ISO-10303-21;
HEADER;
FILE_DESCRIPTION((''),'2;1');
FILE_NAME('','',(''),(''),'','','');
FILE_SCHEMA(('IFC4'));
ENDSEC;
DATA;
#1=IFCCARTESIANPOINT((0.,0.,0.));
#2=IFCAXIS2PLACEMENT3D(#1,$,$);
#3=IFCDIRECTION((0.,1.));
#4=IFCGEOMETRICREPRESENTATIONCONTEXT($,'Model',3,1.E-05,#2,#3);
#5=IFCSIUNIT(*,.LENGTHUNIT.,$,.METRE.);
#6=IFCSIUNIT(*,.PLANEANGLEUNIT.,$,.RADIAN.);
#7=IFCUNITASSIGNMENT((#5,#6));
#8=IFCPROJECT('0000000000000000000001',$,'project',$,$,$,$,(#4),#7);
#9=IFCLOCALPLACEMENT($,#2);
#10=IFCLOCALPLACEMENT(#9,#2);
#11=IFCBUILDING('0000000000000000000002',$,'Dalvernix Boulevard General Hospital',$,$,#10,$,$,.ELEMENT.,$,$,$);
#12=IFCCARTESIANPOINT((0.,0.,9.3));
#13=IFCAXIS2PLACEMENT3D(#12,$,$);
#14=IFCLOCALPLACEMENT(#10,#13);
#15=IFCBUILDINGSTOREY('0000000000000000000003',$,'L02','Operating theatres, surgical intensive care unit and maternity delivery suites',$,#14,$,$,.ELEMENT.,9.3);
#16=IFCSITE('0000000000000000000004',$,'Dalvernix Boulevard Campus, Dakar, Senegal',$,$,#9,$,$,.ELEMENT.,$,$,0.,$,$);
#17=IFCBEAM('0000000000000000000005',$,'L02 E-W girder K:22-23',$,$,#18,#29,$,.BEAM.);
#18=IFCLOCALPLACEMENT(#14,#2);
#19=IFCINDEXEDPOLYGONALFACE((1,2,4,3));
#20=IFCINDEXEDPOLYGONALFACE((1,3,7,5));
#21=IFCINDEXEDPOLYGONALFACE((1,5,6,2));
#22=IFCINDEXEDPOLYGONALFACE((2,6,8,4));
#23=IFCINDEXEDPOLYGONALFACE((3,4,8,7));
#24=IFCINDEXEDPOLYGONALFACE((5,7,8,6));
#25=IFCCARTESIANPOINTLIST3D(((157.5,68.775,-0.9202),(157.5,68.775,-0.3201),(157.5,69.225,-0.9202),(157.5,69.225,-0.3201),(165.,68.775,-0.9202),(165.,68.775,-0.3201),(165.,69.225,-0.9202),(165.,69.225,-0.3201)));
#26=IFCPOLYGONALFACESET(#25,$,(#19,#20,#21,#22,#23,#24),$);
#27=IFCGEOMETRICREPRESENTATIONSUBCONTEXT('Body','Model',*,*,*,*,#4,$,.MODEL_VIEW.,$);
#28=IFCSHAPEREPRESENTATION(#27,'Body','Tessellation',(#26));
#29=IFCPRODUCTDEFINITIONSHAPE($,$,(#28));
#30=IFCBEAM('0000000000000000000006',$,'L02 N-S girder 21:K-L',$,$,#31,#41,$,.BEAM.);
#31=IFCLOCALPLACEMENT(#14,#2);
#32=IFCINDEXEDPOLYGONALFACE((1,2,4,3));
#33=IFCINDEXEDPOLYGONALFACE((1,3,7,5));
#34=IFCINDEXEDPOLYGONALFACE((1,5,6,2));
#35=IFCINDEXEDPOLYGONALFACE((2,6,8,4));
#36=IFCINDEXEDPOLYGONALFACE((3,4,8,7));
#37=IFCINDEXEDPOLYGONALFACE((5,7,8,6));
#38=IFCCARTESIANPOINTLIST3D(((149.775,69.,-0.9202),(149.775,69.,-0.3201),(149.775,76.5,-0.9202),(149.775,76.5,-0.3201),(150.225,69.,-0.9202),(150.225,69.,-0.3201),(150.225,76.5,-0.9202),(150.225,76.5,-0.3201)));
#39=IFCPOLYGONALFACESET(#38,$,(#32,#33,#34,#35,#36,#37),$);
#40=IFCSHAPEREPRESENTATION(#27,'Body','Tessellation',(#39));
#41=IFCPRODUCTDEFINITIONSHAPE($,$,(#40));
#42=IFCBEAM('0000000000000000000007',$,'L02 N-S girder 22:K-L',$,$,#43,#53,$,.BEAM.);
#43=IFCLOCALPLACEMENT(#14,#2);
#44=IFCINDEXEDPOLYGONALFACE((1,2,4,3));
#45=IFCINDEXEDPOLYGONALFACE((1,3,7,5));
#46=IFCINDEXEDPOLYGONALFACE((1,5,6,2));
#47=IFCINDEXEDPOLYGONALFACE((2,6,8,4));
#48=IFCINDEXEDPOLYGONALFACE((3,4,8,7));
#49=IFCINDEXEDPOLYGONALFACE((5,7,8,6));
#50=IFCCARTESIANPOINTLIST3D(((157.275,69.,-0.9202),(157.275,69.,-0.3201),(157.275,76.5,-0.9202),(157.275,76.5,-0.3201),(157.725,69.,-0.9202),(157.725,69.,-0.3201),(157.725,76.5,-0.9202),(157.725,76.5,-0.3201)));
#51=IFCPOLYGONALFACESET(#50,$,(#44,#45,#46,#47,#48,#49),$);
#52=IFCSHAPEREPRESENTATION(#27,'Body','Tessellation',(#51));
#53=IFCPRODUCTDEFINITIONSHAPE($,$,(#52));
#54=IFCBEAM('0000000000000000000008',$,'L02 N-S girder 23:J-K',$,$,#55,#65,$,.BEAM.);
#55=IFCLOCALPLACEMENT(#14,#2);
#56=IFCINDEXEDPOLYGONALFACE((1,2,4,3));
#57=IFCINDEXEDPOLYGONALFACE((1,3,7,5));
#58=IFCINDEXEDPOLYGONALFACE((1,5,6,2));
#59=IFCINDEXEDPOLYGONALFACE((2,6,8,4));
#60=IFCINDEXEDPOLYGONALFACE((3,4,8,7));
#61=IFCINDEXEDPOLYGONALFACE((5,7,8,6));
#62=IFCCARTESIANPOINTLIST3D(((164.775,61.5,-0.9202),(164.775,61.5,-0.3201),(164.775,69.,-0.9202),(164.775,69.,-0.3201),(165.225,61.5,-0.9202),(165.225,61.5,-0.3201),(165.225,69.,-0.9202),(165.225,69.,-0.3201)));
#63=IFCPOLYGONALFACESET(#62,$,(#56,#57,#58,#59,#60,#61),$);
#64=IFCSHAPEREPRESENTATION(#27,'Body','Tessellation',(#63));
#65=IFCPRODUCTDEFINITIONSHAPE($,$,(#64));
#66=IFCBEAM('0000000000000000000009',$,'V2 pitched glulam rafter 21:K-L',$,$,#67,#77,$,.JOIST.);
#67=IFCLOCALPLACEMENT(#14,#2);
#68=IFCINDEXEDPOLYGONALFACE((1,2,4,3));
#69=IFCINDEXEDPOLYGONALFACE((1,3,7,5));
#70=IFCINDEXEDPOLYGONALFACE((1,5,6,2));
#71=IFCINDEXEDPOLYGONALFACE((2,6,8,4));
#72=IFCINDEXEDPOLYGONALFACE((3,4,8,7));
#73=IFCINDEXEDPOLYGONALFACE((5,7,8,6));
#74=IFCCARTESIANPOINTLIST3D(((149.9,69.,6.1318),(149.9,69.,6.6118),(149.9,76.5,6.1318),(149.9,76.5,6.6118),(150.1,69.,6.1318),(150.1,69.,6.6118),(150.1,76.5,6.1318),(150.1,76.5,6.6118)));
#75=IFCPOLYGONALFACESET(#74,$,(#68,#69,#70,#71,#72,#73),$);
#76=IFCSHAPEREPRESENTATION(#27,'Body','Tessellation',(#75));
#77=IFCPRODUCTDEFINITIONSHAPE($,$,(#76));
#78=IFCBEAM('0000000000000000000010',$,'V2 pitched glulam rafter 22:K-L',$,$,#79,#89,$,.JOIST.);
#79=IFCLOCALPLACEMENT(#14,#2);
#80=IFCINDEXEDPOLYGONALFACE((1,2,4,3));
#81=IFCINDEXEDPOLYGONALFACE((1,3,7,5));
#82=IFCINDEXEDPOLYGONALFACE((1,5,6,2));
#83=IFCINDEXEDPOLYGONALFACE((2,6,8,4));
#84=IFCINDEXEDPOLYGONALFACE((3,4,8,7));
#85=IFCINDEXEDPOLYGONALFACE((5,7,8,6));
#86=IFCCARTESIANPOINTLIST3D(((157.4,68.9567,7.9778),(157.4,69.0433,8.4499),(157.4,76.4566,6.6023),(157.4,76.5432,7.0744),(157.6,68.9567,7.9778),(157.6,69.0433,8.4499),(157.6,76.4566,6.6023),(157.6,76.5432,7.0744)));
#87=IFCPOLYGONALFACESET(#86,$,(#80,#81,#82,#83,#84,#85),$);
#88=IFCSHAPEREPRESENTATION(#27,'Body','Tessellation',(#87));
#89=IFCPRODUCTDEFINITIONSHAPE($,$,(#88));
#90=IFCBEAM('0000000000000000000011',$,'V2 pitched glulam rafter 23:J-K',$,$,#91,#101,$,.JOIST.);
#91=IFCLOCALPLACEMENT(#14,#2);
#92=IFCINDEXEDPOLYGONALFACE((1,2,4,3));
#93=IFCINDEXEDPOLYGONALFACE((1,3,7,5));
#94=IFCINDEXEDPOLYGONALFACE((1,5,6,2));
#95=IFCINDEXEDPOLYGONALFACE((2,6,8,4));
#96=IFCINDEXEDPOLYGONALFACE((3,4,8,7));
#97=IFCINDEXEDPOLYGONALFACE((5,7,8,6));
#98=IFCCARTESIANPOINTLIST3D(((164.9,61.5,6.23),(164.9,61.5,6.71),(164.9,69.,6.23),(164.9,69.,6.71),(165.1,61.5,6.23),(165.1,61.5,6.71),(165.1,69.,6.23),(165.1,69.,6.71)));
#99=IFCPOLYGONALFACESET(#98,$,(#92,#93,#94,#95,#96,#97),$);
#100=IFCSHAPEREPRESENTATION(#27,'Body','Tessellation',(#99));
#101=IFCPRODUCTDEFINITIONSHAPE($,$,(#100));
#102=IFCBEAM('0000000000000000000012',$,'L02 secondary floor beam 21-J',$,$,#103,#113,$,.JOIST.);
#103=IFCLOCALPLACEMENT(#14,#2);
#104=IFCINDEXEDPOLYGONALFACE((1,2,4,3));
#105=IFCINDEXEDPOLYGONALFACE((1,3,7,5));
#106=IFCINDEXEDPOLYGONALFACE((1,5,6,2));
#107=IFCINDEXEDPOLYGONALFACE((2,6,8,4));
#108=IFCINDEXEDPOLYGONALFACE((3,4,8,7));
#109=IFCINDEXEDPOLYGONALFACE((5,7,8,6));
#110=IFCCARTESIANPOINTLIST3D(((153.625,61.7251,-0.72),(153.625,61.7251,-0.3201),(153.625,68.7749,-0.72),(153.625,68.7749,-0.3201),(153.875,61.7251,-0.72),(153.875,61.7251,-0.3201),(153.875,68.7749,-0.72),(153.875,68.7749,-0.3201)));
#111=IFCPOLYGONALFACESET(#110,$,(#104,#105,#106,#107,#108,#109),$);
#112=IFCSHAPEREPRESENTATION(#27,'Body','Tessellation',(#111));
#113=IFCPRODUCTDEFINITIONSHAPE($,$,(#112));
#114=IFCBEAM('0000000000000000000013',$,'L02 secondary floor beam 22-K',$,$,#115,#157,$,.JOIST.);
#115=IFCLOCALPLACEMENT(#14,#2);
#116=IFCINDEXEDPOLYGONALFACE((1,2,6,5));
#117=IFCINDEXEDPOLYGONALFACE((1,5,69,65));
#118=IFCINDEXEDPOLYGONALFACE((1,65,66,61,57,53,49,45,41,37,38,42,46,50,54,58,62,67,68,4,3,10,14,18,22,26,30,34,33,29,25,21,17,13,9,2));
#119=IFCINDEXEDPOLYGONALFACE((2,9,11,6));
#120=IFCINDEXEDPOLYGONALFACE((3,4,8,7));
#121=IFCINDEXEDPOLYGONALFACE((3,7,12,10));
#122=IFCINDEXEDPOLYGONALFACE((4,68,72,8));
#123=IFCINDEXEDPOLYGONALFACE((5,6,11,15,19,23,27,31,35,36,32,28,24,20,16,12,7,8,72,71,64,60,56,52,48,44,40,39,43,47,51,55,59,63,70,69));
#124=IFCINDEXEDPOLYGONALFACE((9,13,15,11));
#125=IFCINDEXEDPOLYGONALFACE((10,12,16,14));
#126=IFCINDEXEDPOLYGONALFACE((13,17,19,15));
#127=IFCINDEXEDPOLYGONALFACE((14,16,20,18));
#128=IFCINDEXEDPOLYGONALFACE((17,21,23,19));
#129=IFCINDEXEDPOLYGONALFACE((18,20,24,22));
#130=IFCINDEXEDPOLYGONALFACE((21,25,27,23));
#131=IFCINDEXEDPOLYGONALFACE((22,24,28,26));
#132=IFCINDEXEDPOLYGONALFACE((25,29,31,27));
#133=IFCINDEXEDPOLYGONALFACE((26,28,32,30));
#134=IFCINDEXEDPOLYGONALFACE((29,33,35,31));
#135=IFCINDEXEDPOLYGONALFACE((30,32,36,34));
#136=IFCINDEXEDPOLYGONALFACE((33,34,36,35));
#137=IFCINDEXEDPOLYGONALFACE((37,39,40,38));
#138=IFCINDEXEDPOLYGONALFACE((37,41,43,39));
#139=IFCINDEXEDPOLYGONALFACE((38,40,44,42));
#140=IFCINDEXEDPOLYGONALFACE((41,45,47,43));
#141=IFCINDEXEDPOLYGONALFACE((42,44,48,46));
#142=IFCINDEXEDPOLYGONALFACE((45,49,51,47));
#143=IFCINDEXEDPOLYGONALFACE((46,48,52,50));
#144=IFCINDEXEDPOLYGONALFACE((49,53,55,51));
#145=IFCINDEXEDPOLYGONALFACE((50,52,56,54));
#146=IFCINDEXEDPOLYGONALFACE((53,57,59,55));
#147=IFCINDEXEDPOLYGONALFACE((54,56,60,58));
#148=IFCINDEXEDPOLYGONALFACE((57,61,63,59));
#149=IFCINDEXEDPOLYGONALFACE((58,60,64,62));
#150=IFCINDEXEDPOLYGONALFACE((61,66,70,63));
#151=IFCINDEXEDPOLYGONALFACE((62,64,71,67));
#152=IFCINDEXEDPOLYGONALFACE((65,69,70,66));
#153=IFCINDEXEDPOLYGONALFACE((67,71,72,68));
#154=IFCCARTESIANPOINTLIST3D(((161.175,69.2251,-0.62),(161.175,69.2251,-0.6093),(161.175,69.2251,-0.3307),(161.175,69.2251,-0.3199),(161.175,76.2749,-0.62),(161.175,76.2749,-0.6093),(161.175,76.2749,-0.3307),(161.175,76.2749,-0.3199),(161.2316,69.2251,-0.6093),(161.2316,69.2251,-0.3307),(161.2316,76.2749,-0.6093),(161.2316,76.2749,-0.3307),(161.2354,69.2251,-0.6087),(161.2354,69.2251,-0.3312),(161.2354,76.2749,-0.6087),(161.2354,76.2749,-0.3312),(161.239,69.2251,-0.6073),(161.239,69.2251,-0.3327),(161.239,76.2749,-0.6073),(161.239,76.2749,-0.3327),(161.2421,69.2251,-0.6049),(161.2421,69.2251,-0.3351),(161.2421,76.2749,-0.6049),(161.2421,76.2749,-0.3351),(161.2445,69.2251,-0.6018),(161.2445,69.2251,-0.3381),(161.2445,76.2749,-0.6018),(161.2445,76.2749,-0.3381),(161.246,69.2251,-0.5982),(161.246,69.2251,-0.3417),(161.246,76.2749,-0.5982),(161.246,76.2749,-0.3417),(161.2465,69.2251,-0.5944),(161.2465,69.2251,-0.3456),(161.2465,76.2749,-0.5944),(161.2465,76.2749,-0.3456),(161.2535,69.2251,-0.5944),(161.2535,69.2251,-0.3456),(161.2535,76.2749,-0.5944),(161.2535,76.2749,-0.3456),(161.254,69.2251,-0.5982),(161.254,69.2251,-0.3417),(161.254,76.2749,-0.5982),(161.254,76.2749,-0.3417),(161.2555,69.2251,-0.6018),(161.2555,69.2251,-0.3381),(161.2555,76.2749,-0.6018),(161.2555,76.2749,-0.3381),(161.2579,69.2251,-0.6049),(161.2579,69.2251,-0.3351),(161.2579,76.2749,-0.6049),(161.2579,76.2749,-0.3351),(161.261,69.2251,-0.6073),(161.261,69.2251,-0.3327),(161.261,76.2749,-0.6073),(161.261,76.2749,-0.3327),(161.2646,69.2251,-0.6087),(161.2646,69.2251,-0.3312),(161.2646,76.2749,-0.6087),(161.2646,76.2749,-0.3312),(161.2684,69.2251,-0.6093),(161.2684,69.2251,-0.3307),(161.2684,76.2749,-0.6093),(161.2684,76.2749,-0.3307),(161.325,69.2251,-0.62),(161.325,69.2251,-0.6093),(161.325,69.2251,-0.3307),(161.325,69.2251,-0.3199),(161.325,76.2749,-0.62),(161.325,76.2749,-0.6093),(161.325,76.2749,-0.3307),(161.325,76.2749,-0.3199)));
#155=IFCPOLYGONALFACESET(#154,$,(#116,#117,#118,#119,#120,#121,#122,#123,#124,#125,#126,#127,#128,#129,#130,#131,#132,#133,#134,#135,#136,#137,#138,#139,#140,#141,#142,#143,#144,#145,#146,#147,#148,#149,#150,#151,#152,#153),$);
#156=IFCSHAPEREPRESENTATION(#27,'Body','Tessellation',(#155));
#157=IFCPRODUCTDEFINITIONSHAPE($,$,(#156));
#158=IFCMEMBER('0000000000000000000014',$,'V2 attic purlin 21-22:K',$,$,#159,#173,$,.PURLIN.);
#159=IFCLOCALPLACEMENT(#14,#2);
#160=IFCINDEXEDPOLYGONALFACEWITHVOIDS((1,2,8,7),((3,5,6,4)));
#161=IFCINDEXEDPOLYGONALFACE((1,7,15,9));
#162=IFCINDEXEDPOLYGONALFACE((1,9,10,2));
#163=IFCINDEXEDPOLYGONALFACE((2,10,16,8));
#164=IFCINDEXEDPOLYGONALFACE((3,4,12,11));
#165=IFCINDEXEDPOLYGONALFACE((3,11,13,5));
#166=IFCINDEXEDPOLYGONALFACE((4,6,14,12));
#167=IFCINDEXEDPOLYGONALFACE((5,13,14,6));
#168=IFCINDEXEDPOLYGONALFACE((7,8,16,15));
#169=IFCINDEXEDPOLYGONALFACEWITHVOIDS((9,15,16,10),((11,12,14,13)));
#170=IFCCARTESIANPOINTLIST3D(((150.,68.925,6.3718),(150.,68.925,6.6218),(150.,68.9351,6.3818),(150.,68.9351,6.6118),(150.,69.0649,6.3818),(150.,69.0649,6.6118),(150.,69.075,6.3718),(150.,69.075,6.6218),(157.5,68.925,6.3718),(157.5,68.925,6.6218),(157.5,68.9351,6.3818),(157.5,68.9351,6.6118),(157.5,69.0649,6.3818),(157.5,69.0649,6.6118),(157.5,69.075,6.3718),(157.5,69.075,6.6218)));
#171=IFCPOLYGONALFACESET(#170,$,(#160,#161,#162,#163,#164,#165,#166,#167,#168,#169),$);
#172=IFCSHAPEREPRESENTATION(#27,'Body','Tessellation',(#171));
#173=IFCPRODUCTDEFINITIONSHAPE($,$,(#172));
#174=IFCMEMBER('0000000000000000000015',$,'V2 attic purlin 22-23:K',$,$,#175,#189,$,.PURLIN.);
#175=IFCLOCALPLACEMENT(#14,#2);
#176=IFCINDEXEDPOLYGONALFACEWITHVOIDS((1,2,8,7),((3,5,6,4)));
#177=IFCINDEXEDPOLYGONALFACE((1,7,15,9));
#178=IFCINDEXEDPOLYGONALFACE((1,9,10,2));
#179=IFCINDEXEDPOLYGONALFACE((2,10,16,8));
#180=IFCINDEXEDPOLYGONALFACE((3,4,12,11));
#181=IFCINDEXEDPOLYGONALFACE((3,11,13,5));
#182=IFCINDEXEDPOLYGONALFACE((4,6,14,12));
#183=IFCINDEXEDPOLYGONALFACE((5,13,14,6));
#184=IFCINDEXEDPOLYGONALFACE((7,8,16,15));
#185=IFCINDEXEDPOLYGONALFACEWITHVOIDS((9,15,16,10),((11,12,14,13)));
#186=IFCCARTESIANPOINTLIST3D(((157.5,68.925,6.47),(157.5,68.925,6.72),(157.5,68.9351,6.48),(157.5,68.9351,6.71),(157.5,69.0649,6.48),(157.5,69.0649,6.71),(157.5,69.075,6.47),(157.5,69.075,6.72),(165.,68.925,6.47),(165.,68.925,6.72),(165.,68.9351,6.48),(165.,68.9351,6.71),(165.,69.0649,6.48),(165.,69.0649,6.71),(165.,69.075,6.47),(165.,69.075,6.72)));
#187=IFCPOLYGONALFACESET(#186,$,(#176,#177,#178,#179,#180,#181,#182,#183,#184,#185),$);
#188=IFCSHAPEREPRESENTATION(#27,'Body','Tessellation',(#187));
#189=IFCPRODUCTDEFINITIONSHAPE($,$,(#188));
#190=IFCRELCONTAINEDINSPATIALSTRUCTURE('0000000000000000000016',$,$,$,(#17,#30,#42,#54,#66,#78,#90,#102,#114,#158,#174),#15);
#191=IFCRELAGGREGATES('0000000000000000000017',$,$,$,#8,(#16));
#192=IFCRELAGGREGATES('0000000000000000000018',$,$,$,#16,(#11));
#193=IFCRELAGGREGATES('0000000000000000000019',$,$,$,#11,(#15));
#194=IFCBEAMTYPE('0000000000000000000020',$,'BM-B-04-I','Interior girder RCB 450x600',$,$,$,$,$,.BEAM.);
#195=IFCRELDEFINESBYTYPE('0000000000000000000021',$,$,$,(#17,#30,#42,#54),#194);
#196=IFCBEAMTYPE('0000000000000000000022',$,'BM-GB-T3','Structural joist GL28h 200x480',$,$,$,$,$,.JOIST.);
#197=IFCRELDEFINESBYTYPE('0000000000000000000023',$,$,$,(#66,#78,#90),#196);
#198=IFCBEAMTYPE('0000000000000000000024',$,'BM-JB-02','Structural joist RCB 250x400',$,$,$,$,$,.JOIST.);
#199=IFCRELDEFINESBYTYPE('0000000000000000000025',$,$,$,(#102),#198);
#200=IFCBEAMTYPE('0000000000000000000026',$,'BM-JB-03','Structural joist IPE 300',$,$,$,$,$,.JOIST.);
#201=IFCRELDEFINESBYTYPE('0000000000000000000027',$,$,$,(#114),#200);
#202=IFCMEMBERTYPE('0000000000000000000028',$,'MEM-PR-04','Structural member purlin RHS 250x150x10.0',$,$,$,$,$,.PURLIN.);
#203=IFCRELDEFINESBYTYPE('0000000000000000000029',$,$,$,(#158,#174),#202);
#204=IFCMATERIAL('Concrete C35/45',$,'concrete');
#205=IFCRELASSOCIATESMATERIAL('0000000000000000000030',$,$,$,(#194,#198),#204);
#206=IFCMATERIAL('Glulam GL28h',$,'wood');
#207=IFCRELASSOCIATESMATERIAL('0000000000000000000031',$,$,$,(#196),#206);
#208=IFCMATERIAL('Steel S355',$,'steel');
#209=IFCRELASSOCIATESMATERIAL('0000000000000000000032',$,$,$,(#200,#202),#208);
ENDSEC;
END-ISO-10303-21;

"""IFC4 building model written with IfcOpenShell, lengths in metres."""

from ifc_helpers import new_model, si_unit, direction, frame, origin, origin_2d, place, context, subcontext, project, spatial, rectangle, hollow_rectangle, i_section, extrude, material, material_profile, profile_set, type_object, element, save


model = new_model("IFC4")

# Units and contexts
model_context = context("Model", 3, precision=1e-05, world=origin(), true_north=direction((0.0, 1.0)))
body_context = subcontext(model_context, "Body", "Model", "MODEL_VIEW")
ifc_project = project(units=[si_unit("LENGTHUNIT", "METRE"), si_unit("PLANEANGLEUNIT", "RADIAN")], contexts=[model_context])

# Site, building, storey
site_placement = place(None, origin())
site = spatial("IfcSite", under=ifc_project, at=site_placement, Name="Dalvernix Boulevard Campus, Dakar, Senegal", CompositionType="ELEMENT", RefElevation=0.0)
building_placement = place(site_placement, origin())
building = spatial("IfcBuilding", under=site, at=building_placement, Name="Dalvernix Boulevard General Hospital", CompositionType="ELEMENT")
storey_placement = place(building_placement, frame((0.0, 0.0, 9.3)))
storey = spatial("IfcBuildingStorey", under=building, at=storey_placement, Name="L02", Description="Operating theatres, surgical intensive care unit and maternity delivery suites", CompositionType="ELEMENT", Elevation=9.3)

# Shared definitions
ifc_material_1 = material(Name="Steel S355", Category="steel")

# Beams
ifc_material_2 = material(Name="Concrete C35/45", Category="concrete")
ifc_material_profile_1 = material_profile(ifc_material_2, rectangle(XDim=0.45, YDim=0.6001, at=origin_2d()), Name="RCB 450x600")
ifc_profile_set_1 = profile_set([ifc_material_profile_1], Name="Concrete C35/45")
beam_type_1 = type_object("IfcBeamType", Name="BM-B-04-I", Description="Interior girder RCB 450x600", PredefinedType="BEAM", material=ifc_profile_set_1)
for number, where, z_axis, x_axis, name in (
    (1, (157.5, 69.0, -0.6201), (1.0, 0.0, 0.0), (0.0, 1.0, 0.0), "L02 E-W girder K:22-23"),
    (2, (150.0, 69.0, -0.6201), (0.0, 1.0, 0.0), (-1.0, 0.0, 0.0), "L02 N-S girder 21:K-L"),
    (3, (157.5, 69.0, -0.6201), (0.0, 1.0, 0.0), (-1.0, 0.0, 0.0), "L02 N-S girder 22:K-L"),
    (4, (165.0, 61.5, -0.6201), (0.0, 1.0, 0.0), (-1.0, 0.0, 0.0), "L02 N-S girder 23:J-K"),
):
    element("IfcBeam", number, at=place(storey_placement, frame(where, z_axis=z_axis, x_axis=x_axis)), inside=storey, type_object=beam_type_1, Name=name, PredefinedType="BEAM", context=body_context, shape_type="SweptSolid", body=[
        extrude(rectangle(XDim=0.45, YDim=0.6001, at=origin_2d()), origin(), (0.0, 0.0, 1.0), 7.5),
    ])
ifc_material_3 = material(Name="Glulam GL28h", Category="wood")
ifc_material_profile_2 = material_profile(ifc_material_3, rectangle(XDim=0.2, YDim=0.48, at=origin_2d()), Name="GL28h 200x480")
ifc_profile_set_2 = profile_set([ifc_material_profile_2], Name="Glulam GL28h")
beam_type_2 = type_object("IfcBeamType", Name="BM-GB-T3", Description="Structural joist GL28h 200x480", PredefinedType="JOIST", material=ifc_profile_set_2)
beam_1_placement = place(storey_placement, frame((150.0, 69.0, 6.3718), z_axis=(0.0, 1.0, 0.0), x_axis=(-1.0, 0.0, 0.0)))
element("IfcBeam", 5, at=beam_1_placement, inside=storey, type_object=beam_type_2, Name="V2 pitched glulam rafter 21:K-L", PredefinedType="JOIST", context=body_context, shape_type="SweptSolid", body=[
    extrude(rectangle(XDim=0.2, YDim=0.48, at=origin_2d()), origin(), (0.0, 0.0, 1.0), 7.5),
])
beam_2_placement = place(storey_placement, frame((157.5, 69.0, 8.2139), z_axis=(0.0, 0.983595, -0.18039), x_axis=(-1.0, 0.0, 0.0)))
element("IfcBeam", 6, at=beam_2_placement, inside=storey, type_object=beam_type_2, Name="V2 pitched glulam rafter 22:K-L", PredefinedType="JOIST", context=body_context, shape_type="SweptSolid", body=[
    extrude(rectangle(XDim=0.2, YDim=0.48, at=origin_2d()), origin(), (0.0, 0.0, 1.0), 7.625),
])
beam_3_placement = place(storey_placement, frame((165.0, 61.5, 6.47), z_axis=(0.0, 1.0, 0.0), x_axis=(-1.0, 0.0, 0.0)))
element("IfcBeam", 7, at=beam_3_placement, inside=storey, type_object=beam_type_2, Name="V2 pitched glulam rafter 23:J-K", PredefinedType="JOIST", context=body_context, shape_type="SweptSolid", body=[
    extrude(rectangle(XDim=0.2, YDim=0.48, at=origin_2d()), origin(), (0.0, 0.0, 1.0), 7.5),
])
ifc_material_profile_3 = material_profile(ifc_material_2, rectangle(XDim=0.25, YDim=0.3999, at=origin_2d()), Name="RCB 250x400")
ifc_profile_set_3 = profile_set([ifc_material_profile_3], Name="Concrete C35/45")
beam_type_3 = type_object("IfcBeamType", Name="BM-JB-02", Description="Structural joist RCB 250x400", PredefinedType="JOIST", material=ifc_profile_set_3)
beam_4_placement = place(storey_placement, frame((153.75, 61.7251, -0.52), z_axis=(0.0, 1.0, 0.0), x_axis=(-1.0, 0.0, 0.0)))
element("IfcBeam", 8, at=beam_4_placement, inside=storey, type_object=beam_type_3, Name="L02 secondary floor beam 21-J", PredefinedType="JOIST", context=body_context, shape_type="SweptSolid", body=[
    extrude(rectangle(XDim=0.25, YDim=0.3999, at=origin_2d()), origin(), (0.0, 0.0, 1.0), 7.0498),
])
ifc_material_profile_4 = material_profile(ifc_material_1, i_section(OverallWidth=0.1499, OverallDepth=0.3, WebThickness=0.0071, FlangeThickness=0.0107, FilletRadius=0.0149, at=origin_2d()), Name="IPE 300")
ifc_profile_set_4 = profile_set([ifc_material_profile_4], Name="Steel S355")
beam_type_4 = type_object("IfcBeamType", Name="BM-JB-03", Description="Structural joist IPE 300", PredefinedType="JOIST", material=ifc_profile_set_4)
beam_5_placement = place(storey_placement, frame((161.25, 69.2251, -0.47), z_axis=(0.0, 1.0, 0.0), x_axis=(-1.0, 0.0, 0.0)))
element("IfcBeam", 9, at=beam_5_placement, inside=storey, type_object=beam_type_4, Name="L02 secondary floor beam 22-K", PredefinedType="JOIST", context=body_context, shape_type="SweptSolid", body=[
    extrude(i_section(OverallWidth=0.1499, OverallDepth=0.3, WebThickness=0.0071, FlangeThickness=0.0107, FilletRadius=0.0149, at=origin_2d()), origin(), (0.0, 0.0, 1.0), 7.0498),
])

# Members
ifc_material_profile_5 = material_profile(ifc_material_1, hollow_rectangle(XDim=0.1499, YDim=0.25, WallThickness=0.01, at=origin_2d()), Name="RHS 250x150x10.0")
ifc_profile_set_5 = profile_set([ifc_material_profile_5], Name="Steel S355")
member_type = type_object("IfcMemberType", Name="MEM-PR-04", Description="Structural member purlin RHS 250x150x10.0", PredefinedType="PURLIN", material=ifc_profile_set_5)
for number, where, z_axis, x_axis, name in (
    (10, (150.0, 69.0, 6.4968), (1.0, 0.0, 0.0), (0.0, 1.0, 0.0), "V2 attic purlin 21-22:K"),
    (11, (157.5, 69.0, 6.595), (1.0, 0.0, 0.0), (0.0, 1.0, 0.0), "V2 attic purlin 22-23:K"),
):
    element("IfcMember", number, at=place(storey_placement, frame(where, z_axis=z_axis, x_axis=x_axis)), inside=storey, type_object=member_type, Name=name, PredefinedType="PURLIN", context=body_context, shape_type="SweptSolid", body=[
        extrude(hollow_rectangle(XDim=0.1499, YDim=0.25, WallThickness=0.01, at=origin_2d()), origin(), (0.0, 0.0, 1.0), 7.5),
    ])

save(model, "model.ifc")
